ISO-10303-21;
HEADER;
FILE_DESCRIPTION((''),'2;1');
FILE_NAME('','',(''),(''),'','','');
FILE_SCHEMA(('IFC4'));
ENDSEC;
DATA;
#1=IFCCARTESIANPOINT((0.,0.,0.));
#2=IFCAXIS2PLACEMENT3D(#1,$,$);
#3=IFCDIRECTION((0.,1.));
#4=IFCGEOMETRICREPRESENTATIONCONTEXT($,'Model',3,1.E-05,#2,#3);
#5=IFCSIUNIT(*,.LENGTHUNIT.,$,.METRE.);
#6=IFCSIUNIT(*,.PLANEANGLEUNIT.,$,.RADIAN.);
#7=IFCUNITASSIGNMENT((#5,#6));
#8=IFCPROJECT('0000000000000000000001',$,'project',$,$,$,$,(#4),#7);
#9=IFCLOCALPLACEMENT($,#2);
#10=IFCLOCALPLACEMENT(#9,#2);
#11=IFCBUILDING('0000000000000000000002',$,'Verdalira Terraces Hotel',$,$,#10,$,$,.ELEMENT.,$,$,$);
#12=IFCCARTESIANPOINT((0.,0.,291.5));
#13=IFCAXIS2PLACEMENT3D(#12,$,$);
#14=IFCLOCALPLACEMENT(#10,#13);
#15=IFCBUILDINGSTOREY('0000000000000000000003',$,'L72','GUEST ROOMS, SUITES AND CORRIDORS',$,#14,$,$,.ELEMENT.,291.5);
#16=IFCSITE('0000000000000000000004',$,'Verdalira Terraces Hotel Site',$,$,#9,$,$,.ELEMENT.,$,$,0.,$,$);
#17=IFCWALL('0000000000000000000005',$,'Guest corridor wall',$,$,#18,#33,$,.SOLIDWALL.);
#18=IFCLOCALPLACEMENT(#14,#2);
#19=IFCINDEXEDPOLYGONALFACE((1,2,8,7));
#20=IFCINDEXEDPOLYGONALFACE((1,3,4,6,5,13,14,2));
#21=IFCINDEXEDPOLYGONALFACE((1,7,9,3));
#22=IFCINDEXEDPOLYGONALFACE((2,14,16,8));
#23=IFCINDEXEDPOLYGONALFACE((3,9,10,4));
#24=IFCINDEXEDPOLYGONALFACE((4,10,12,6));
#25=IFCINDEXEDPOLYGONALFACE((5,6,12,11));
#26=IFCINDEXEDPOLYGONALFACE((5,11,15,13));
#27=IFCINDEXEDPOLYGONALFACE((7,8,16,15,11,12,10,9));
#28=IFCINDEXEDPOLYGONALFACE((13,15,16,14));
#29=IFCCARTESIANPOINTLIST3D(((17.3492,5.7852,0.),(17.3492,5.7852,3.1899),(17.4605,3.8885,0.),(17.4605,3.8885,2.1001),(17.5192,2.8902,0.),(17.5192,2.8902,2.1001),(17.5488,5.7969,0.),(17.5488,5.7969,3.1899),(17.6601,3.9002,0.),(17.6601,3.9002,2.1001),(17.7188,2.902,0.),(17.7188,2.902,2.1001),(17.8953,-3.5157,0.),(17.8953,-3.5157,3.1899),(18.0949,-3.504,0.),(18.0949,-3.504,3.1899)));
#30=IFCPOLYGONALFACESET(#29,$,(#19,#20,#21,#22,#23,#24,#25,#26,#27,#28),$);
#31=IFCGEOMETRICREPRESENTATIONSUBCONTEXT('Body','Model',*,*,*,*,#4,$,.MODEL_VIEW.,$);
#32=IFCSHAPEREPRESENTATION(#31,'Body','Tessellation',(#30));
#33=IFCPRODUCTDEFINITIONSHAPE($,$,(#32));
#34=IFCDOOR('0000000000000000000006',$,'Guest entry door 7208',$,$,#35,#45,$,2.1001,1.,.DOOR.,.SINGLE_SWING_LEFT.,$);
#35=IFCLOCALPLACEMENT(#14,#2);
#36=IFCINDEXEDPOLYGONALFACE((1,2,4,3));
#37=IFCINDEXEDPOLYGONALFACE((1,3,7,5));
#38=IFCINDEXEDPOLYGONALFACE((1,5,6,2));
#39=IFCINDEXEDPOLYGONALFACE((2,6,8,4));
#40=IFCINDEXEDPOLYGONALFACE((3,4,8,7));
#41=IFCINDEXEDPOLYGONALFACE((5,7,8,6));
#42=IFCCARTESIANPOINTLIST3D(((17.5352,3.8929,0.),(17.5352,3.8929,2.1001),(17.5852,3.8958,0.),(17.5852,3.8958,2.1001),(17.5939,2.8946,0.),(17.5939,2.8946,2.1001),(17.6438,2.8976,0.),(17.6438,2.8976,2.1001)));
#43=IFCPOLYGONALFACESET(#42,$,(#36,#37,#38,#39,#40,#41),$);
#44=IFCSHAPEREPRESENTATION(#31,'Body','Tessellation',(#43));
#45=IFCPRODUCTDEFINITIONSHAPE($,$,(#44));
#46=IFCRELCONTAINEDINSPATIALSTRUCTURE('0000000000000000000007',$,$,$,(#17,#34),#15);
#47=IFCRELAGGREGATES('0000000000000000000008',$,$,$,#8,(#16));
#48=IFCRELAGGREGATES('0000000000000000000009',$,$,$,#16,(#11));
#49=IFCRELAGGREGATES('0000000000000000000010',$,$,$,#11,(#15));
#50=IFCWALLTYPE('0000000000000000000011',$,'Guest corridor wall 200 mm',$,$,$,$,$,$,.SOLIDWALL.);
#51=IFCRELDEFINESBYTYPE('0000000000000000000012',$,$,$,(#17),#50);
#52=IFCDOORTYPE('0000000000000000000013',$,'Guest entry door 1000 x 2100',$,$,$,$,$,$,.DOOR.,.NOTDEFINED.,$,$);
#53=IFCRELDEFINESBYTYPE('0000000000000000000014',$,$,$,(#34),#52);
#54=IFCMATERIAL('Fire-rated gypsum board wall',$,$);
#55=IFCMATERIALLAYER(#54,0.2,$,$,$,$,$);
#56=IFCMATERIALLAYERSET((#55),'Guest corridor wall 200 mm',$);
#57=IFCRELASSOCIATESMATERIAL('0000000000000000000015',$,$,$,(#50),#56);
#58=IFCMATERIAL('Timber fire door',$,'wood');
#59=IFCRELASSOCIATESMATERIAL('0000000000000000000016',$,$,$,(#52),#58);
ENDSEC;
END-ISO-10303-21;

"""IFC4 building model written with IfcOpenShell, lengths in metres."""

from ifc_helpers import new_model, si_unit, direction, frame, frame_2d, origin, place, context, subcontext, project, spatial, rectangle, extrude, material, layer, layer_set, type_object, element, fill, save


model = new_model("IFC4")

# Units and contexts
model_context = context("Model", 3, precision=1e-05, world=origin(), true_north=direction((0.0, 1.0)))
body_context = subcontext(model_context, "Body", "Model", "MODEL_VIEW")
ifc_project = project(units=[si_unit("LENGTHUNIT", "METRE"), si_unit("PLANEANGLEUNIT", "RADIAN")], contexts=[model_context])

# Site, building, storey
site_placement = place(None, origin())
site = spatial("IfcSite", under=ifc_project, at=site_placement, Name="Verdalira Terraces Hotel Site", CompositionType="ELEMENT", RefElevation=0.0)
building_placement = place(site_placement, origin())
building = spatial("IfcBuilding", under=site, at=building_placement, Name="Verdalira Terraces Hotel", CompositionType="ELEMENT")
storey_placement = place(building_placement, frame((0.0, 0.0, 291.5)))
storey = spatial("IfcBuildingStorey", under=building, at=storey_placement, Name="L72", Description="GUEST ROOMS, SUITES AND CORRIDORS", CompositionType="ELEMENT", Elevation=291.5)

# Wall, opening, door
ifc_material_1 = material(Name="Fire-rated gypsum board wall")
ifc_layer_1 = layer(ifc_material_1, 0.2)
ifc_layer_set_1 = layer_set([ifc_layer_1], Name="Guest corridor wall 200 mm")
wall_type_1 = type_object("IfcWallType", Name="Guest corridor wall 200 mm", PredefinedType="SOLIDWALL", material=ifc_layer_set_1)
ifc_material_2 = material(Name="Timber fire door", Category="wood")
door_type_1 = type_object("IfcDoorType", Name="Guest entry door 1000 x 2100", OperationType="NOTDEFINED", PredefinedType="DOOR", material=ifc_material_2)
wall_1_placement = place(storey_placement, frame((17.449, 5.791, 0.0), z_axis=(0.0, 0.0, 1.0), x_axis=(0.058619, -0.99828, 0.0)))
wall_1 = element("IfcWall", 1, at=wall_1_placement, inside=storey, type_object=wall_type_1, Name="Guest corridor wall", PredefinedType="SOLIDWALL", context=body_context, shape_type="SweptSolid", body=[
    extrude(rectangle(XDim=9.3169, YDim=0.2, at=frame_2d((4.6584, 0.0))), origin(), (0.0, 0.0, 1.0), 3.1899),
])
opening_1_placement = place(wall_1_placement, frame((1.8999, 0.0, 0.0)))
opening_1 = element("IfcOpeningElement", 2, at=opening_1_placement, cuts=wall_1, PredefinedType="OPENING", context=body_context, shape_type="SweptSolid", body=[
    extrude(rectangle(XDim=1.0, YDim=2.1001, at=frame_2d((0.5, 1.05))), frame((0.0, 0.1099, 0.0), z_axis=(0.0, -1.0, 0.0), x_axis=(1.0, 0.0, 0.0)), (0.0, 0.0, 1.0), 0.22),
])
door_1_placement = place(opening_1_placement, origin())
door_1 = element("IfcDoor", 3, at=door_1_placement, inside=storey, type_object=door_type_1, Name="Guest entry door 7208", OperationType="SINGLE_SWING_LEFT", OverallHeight=2.1001, OverallWidth=1.0, PredefinedType="DOOR", context=body_context, shape_type="SweptSolid", body=[
    extrude(rectangle(XDim=1.0, YDim=2.1001, at=frame_2d((0.5, 1.05))), frame((0.0, 0.0249, 0.0), z_axis=(0.0, -1.0, 0.0), x_axis=(1.0, 0.0, 0.0)), (0.0, 0.0, 1.0), 0.05),
])
fill(opening_1, door_1)

save(model, "model.ifc")
